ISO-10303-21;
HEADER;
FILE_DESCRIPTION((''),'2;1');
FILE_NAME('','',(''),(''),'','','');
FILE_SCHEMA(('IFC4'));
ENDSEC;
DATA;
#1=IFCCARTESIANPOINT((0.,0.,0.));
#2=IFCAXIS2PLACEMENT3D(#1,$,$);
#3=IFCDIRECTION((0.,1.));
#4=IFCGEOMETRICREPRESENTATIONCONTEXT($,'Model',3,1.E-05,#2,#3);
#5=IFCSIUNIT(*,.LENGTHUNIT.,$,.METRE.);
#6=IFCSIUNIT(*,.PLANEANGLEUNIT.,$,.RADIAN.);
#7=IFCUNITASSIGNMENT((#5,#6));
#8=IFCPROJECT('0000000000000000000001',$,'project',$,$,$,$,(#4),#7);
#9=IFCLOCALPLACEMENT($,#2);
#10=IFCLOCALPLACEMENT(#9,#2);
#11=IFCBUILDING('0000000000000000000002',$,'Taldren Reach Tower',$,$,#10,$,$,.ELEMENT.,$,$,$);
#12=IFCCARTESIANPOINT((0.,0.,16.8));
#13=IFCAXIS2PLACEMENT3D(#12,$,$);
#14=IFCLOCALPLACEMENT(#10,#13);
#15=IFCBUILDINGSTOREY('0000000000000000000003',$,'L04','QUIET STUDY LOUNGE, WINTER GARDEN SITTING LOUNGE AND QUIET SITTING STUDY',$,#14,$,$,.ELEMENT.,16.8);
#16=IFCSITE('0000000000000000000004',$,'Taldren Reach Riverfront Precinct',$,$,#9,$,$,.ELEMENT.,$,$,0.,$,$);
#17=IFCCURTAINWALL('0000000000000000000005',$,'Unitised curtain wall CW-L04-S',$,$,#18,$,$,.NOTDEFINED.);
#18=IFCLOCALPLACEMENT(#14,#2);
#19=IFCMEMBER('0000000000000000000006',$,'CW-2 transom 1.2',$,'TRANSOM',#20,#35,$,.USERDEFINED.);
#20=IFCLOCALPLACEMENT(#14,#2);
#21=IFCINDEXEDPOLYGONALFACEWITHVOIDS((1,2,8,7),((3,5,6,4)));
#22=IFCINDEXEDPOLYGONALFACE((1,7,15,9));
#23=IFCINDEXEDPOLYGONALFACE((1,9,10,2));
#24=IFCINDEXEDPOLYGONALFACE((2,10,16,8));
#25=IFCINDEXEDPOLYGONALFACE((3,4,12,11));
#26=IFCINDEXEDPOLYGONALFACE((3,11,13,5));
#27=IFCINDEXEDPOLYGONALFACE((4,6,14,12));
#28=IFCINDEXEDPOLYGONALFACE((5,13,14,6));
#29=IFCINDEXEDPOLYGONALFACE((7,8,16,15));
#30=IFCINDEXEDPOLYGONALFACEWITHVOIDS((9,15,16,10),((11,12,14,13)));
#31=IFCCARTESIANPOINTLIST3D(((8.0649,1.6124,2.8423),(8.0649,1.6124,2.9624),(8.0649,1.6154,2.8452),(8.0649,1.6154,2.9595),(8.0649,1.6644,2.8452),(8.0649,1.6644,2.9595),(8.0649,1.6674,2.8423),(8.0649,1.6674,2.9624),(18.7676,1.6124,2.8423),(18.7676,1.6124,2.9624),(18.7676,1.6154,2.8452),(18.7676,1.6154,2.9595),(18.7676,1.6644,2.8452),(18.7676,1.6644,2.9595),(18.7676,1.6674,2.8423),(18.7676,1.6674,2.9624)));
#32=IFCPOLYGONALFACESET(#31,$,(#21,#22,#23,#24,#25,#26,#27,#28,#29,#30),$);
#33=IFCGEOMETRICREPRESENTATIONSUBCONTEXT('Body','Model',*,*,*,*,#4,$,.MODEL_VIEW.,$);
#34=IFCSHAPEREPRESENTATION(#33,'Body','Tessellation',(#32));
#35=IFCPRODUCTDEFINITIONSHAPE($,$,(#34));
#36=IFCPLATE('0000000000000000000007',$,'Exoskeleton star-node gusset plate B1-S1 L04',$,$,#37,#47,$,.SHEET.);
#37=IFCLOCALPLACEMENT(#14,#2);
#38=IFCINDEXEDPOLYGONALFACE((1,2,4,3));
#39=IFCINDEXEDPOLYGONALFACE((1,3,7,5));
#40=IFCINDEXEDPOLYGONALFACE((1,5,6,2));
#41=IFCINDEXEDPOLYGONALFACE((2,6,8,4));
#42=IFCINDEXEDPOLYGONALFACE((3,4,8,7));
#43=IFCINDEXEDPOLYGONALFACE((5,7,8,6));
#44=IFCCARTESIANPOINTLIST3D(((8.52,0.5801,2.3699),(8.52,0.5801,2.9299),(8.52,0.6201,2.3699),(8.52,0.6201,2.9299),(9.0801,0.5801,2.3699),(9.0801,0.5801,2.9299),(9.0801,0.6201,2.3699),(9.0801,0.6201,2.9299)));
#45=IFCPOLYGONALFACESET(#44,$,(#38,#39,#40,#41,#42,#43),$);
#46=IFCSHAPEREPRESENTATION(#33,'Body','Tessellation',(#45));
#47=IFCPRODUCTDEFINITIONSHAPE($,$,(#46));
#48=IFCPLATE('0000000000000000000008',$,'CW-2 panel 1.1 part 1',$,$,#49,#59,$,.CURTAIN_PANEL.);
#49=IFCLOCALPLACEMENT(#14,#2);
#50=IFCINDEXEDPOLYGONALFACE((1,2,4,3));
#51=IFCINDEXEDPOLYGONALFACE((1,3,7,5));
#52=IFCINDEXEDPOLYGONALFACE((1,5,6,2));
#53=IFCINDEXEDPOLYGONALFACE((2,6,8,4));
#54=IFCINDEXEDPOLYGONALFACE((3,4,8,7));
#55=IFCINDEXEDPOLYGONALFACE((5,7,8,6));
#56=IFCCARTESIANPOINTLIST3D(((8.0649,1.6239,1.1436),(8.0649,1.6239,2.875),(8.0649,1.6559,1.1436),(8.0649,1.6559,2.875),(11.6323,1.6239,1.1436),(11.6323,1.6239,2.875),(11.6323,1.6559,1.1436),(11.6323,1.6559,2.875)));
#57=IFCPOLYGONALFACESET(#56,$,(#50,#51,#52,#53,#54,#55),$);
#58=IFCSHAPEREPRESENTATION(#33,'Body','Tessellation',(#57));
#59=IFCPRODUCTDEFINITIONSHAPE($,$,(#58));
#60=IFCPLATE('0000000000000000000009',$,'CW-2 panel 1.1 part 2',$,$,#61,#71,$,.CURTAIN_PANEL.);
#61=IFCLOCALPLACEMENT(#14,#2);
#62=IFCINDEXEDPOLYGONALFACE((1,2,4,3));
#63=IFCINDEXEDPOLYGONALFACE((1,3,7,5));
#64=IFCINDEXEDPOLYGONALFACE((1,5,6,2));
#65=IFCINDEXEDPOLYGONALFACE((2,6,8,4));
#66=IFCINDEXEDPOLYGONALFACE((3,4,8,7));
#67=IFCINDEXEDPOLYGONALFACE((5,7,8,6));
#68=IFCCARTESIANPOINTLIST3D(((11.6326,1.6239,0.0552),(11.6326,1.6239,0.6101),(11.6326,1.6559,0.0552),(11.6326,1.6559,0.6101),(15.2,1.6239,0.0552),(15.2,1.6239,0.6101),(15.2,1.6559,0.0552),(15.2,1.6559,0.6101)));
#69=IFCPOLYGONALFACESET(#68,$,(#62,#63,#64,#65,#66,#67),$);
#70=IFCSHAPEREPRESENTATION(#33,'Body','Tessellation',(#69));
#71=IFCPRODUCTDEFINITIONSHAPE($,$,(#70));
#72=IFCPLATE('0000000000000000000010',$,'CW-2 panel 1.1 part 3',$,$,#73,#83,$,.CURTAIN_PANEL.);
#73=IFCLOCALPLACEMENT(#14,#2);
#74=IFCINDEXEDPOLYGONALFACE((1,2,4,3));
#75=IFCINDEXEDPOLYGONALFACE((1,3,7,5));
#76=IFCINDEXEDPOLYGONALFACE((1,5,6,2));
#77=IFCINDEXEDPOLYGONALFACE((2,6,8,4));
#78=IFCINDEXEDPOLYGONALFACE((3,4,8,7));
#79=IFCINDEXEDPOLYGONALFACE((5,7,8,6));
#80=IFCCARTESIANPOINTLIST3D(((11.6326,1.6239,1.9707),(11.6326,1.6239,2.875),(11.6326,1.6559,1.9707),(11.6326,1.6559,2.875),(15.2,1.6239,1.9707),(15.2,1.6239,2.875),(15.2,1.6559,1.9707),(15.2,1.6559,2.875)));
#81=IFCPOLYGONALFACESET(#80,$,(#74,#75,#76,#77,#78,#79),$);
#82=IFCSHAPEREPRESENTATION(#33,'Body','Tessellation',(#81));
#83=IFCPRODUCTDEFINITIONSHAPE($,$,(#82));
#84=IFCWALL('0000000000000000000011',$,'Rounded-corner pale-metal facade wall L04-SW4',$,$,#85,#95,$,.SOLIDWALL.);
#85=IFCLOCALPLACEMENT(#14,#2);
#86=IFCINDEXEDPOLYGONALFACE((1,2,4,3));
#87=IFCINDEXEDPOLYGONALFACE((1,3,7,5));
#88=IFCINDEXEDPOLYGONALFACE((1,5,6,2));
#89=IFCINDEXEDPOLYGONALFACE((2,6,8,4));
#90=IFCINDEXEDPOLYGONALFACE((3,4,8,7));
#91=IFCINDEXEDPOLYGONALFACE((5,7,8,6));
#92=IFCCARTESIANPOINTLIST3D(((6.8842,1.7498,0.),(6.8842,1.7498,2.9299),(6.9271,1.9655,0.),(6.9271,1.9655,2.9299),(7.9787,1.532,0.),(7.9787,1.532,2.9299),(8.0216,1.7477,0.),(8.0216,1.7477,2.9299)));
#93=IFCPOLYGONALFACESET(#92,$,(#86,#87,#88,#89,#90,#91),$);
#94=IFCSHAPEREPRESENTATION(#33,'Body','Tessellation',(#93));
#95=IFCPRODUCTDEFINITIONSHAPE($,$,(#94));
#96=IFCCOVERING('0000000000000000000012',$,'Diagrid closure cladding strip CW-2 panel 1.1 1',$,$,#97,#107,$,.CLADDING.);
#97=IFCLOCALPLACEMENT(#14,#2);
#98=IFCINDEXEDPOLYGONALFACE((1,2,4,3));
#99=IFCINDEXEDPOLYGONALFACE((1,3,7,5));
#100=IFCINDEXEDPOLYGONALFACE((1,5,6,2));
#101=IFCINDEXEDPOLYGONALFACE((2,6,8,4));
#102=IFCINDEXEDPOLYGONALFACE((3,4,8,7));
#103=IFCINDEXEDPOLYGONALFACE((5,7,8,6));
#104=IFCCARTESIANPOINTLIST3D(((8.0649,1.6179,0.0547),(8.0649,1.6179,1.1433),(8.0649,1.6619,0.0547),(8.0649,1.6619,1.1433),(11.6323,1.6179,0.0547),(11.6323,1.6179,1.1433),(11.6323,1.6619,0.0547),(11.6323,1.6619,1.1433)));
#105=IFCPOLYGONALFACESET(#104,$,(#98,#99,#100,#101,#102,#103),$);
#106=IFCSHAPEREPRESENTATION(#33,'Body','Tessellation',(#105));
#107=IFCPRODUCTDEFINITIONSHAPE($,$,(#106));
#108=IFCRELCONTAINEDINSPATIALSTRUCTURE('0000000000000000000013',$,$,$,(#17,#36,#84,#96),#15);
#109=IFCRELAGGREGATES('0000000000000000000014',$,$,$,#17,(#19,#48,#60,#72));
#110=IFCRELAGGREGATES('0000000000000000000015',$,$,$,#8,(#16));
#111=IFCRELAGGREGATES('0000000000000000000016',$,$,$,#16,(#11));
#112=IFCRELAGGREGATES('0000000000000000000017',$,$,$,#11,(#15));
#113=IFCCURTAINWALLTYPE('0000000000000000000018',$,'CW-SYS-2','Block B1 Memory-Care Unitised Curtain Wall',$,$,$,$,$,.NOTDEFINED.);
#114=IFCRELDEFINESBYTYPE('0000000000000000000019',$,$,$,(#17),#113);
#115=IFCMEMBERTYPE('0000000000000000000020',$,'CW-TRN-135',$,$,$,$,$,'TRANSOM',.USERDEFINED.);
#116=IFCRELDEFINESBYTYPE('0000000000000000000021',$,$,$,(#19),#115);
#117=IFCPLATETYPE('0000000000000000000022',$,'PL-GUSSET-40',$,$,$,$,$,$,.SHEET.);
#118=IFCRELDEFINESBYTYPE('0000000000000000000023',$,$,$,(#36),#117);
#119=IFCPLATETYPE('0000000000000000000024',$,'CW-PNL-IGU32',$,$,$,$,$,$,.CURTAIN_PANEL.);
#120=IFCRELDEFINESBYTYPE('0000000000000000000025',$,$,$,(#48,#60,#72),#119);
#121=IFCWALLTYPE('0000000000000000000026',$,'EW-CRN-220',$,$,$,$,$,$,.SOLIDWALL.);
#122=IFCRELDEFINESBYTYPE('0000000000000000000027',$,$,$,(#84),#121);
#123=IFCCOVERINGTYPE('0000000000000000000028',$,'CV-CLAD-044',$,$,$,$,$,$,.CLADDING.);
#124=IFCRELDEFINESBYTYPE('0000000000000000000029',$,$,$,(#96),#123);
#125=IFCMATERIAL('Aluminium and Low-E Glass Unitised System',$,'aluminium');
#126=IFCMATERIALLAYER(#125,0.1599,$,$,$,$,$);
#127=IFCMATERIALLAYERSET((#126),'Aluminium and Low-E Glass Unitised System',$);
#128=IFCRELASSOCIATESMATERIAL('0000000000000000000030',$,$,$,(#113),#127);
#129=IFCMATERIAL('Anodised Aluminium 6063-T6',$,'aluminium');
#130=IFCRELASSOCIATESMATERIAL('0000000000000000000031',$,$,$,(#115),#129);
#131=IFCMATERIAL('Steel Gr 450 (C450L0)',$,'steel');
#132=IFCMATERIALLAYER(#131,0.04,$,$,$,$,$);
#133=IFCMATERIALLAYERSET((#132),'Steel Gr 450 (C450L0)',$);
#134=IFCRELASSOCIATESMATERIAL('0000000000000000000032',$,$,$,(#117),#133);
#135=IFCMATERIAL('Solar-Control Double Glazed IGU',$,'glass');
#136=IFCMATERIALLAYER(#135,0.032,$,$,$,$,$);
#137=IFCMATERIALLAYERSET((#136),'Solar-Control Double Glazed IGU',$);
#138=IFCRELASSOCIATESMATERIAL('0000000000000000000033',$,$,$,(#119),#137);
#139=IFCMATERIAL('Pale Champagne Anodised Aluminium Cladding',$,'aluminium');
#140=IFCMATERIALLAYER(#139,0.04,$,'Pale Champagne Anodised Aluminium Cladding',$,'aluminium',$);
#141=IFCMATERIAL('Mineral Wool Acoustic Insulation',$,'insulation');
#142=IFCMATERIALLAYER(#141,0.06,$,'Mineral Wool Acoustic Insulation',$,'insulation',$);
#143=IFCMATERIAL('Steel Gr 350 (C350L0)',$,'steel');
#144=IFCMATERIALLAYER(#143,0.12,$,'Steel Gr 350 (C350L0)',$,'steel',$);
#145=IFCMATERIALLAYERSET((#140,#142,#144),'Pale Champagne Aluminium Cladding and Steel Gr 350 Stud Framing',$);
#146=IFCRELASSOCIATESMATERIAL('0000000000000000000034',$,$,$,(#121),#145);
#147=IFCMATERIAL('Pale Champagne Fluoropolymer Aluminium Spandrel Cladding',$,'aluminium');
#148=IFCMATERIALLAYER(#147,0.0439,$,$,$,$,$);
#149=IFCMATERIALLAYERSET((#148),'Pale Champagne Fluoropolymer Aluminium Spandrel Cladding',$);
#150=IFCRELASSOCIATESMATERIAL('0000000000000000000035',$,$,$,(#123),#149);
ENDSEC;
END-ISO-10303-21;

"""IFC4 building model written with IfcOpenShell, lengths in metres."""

from ifc_helpers import new_model, si_unit, direction, frame, frame_2d, origin, origin_2d, place, context, subcontext, project, spatial, rectangle, hollow_rectangle, extrude, source, transform, mapped, material, layer, layer_set, material_profile, profile_set, type_object, element, aggregate, save


model = new_model("IFC4")

# Units and contexts
model_context = context("Model", 3, precision=1e-05, world=origin(), true_north=direction((0.0, 1.0)))
body_context = subcontext(model_context, "Body", "Model", "MODEL_VIEW")
ifc_project = project(units=[si_unit("LENGTHUNIT", "METRE"), si_unit("PLANEANGLEUNIT", "RADIAN")], contexts=[model_context])

# Site, building, storey
site_placement = place(None, origin())
site = spatial("IfcSite", under=ifc_project, at=site_placement, Name="Taldren Reach Riverfront Precinct", CompositionType="ELEMENT", RefElevation=0.0)
building_placement = place(site_placement, origin())
building = spatial("IfcBuilding", under=site, at=building_placement, Name="Taldren Reach Tower", CompositionType="ELEMENT")
storey_placement = place(building_placement, frame((0.0, 0.0, 16.8)))
storey = spatial("IfcBuildingStorey", under=building, at=storey_placement, Name="L04", Description="QUIET STUDY LOUNGE, WINTER GARDEN SITTING LOUNGE AND QUIET SITTING STUDY", CompositionType="ELEMENT", Elevation=16.8)

# Shared definitions
ifc_material_1 = material(Name="Steel Gr 450 (C450L0)", Category="steel")
ifc_material_2 = material(Name="Steel Gr 350 (C350L0)", Category="steel")

# Curtain wall, member
ifc_material_3 = material(Name="Aluminium and Low-E Glass Unitised System", Category="aluminium")
ifc_layer_1 = layer(ifc_material_3, 0.1599)
ifc_layer_set_1 = layer_set([ifc_layer_1], Name="Aluminium and Low-E Glass Unitised System")
curtain_wall_type = type_object("IfcCurtainWallType", Name="CW-SYS-2", Description="Block B1 Memory-Care Unitised Curtain Wall", PredefinedType="NOTDEFINED", material=ifc_layer_set_1)
curtain_wall_placement = place(storey_placement, origin())
curtain_wall = element("IfcCurtainWall", 1, at=curtain_wall_placement, inside=storey, type_object=curtain_wall_type, Name="Unitised curtain wall CW-L04-S", PredefinedType="NOTDEFINED")
ifc_material_4 = material(Name="Anodised Aluminium 6063-T6", Category="aluminium")
ifc_material_profile_1 = material_profile(ifc_material_4, hollow_rectangle(XDim=0.0549, YDim=0.1201, WallThickness=0.0029, at=origin_2d()), Name="ALU-120x55x3RHS")
ifc_profile_set_1 = profile_set([ifc_material_profile_1], Name="Anodised Aluminium 6063-T6")
member_type_1 = type_object("IfcMemberType", Name="CW-TRN-135", ElementType="TRANSOM", PredefinedType="USERDEFINED", material=ifc_profile_set_1)
shared_shape_1 = source(origin(), body_context, "Body", "SweptSolid", [
    extrude(hollow_rectangle(XDim=0.0549, YDim=0.1201, WallThickness=0.0029, at=origin_2d()), origin(), (0.0, 0.0, 1.0), 10.7026),
])
member_1_placement = place(storey_placement, frame((8.0649, 1.6399, 2.9023), z_axis=(1.0, 0.0, 0.0), x_axis=(0.0, 1.0, 0.0)))
member_1 = element("IfcMember", 2, at=member_1_placement, type_object=member_type_1, Name="CW-2 transom 1.2", ObjectType="TRANSOM", PredefinedType="USERDEFINED", context=body_context, shape_type="MappedRepresentation", body=[
    mapped(shared_shape_1, transform((0.0, 0.0, 0.0), scale=1.0)),
])

# Plates
ifc_layer_2 = layer(ifc_material_1, 0.04)
ifc_layer_set_2 = layer_set([ifc_layer_2], Name="Steel Gr 450 (C450L0)")
plate_type_1 = type_object("IfcPlateType", Name="PL-GUSSET-40", PredefinedType="SHEET", material=ifc_layer_set_2)
shared_shape_2 = source(origin(), body_context, "Body", "SweptSolid", [
    extrude(rectangle(XDim=0.5601, YDim=0.04, at=origin_2d()), origin(), (0.0, 0.0, 1.0), 0.5601),
])
plate_1_placement = place(storey_placement, frame((8.8, 0.6001, 2.3699), z_axis=(0.0, 0.0, 1.0), x_axis=(1.0, 0.0, 0.0)))
element("IfcPlate", 3, at=plate_1_placement, inside=storey, type_object=plate_type_1, Name="Exoskeleton star-node gusset plate B1-S1 L04", PredefinedType="SHEET", context=body_context, shape_type="MappedRepresentation", body=[
    mapped(shared_shape_2, transform((0.0, 0.0, 0.0), scale=1.0)),
])
ifc_material_5 = material(Name="Solar-Control Double Glazed IGU", Category="glass")
ifc_layer_3 = layer(ifc_material_5, 0.032)
ifc_layer_set_3 = layer_set([ifc_layer_3], Name="Solar-Control Double Glazed IGU")
plate_type_2 = type_object("IfcPlateType", Name="CW-PNL-IGU32", PredefinedType="CURTAIN_PANEL", material=ifc_layer_set_3)
shared_shape_3 = source(origin(), body_context, "Body", "SweptSolid", [
    extrude(rectangle(XDim=3.5674, YDim=0.032, at=origin_2d()), origin(), (0.0, 0.0, 1.0), 1.7314),
])
plate_2_placement = place(storey_placement, frame((9.8486, 1.6399, 1.1436), z_axis=(0.0, 0.0, 1.0), x_axis=(1.0, 0.0, 0.0)))
plate_2 = element("IfcPlate", 4, at=plate_2_placement, type_object=plate_type_2, Name="CW-2 panel 1.1 part 1", PredefinedType="CURTAIN_PANEL", context=body_context, shape_type="MappedRepresentation", body=[
    mapped(shared_shape_3, transform((0.0, 0.0, 0.0), scale=1.0)),
])
shared_shape_4 = source(origin(), body_context, "Body", "SweptSolid", [
    extrude(rectangle(XDim=3.5674, YDim=0.032, at=origin_2d()), origin(), (0.0, 0.0, 1.0), 0.5549),
])
plate_3_placement = place(storey_placement, frame((13.4163, 1.6399, 0.0552), z_axis=(0.0, 0.0, 1.0), x_axis=(1.0, 0.0, 0.0)))
plate_3 = element("IfcPlate", 5, at=plate_3_placement, type_object=plate_type_2, Name="CW-2 panel 1.1 part 2", PredefinedType="CURTAIN_PANEL", context=body_context, shape_type="MappedRepresentation", body=[
    mapped(shared_shape_4, transform((0.0, 0.0, 0.0), scale=1.0)),
])
shared_shape_5 = source(origin(), body_context, "Body", "SweptSolid", [
    extrude(rectangle(XDim=3.5674, YDim=0.032, at=origin_2d()), origin(), (0.0, 0.0, 1.0), 0.9043),
])
plate_4_placement = place(storey_placement, frame((13.4163, 1.6399, 1.9707), z_axis=(0.0, 0.0, 1.0), x_axis=(1.0, 0.0, 0.0)))
plate_4 = element("IfcPlate", 6, at=plate_4_placement, type_object=plate_type_2, Name="CW-2 panel 1.1 part 3", PredefinedType="CURTAIN_PANEL", context=body_context, shape_type="MappedRepresentation", body=[
    mapped(shared_shape_5, transform((0.0, 0.0, 0.0), scale=1.0)),
])
aggregate(curtain_wall, [member_1, plate_2, plate_3, plate_4])

# Wall
ifc_material_6 = material(Name="Pale Champagne Anodised Aluminium Cladding", Category="aluminium")
ifc_layer_4 = layer(ifc_material_6, 0.04, Name="Pale Champagne Anodised Aluminium Cladding", Category="aluminium")
ifc_material_7 = material(Name="Mineral Wool Acoustic Insulation", Category="insulation")
ifc_layer_5 = layer(ifc_material_7, 0.06, Name="Mineral Wool Acoustic Insulation", Category="insulation")
ifc_layer_6 = layer(ifc_material_2, 0.12, Name="Steel Gr 350 (C350L0)", Category="steel")
ifc_layer_set_4 = layer_set([ifc_layer_4, ifc_layer_5, ifc_layer_6], Name="Pale Champagne Aluminium Cladding and Steel Gr 350 Stud Framing")
wall_type = type_object("IfcWallType", Name="EW-CRN-220", PredefinedType="SOLIDWALL", material=ifc_layer_set_4)
shared_shape_6 = source(origin(), body_context, "Body", "SweptSolid", [
    extrude(rectangle(XDim=1.116, YDim=0.22, at=frame_2d((0.5581, 0.0))), origin(), (0.0, 0.0, 1.0), 2.9299),
])
wall_placement = place(storey_placement, frame((6.9055, 1.8577, 0.0), z_axis=(0.0, 0.0, 1.0), x_axis=(0.980774, -0.195148, 0.0)))
element("IfcWall", 7, at=wall_placement, inside=storey, type_object=wall_type, Name="Rounded-corner pale-metal facade wall L04-SW4", PredefinedType="SOLIDWALL", context=body_context, shape_type="MappedRepresentation", body=[
    mapped(shared_shape_6, transform((0.0, 0.0, 0.0), scale=1.0)),
])

# Covering
ifc_material_8 = material(Name="Pale Champagne Fluoropolymer Aluminium Spandrel Cladding", Category="aluminium")
ifc_layer_7 = layer(ifc_material_8, 0.0439)
ifc_layer_set_5 = layer_set([ifc_layer_7], Name="Pale Champagne Fluoropolymer Aluminium Spandrel Cladding")
covering_type = type_object("IfcCoveringType", Name="CV-CLAD-044", PredefinedType="CLADDING", material=ifc_layer_set_5)
shared_shape_7 = source(origin(), body_context, "Body", "SweptSolid", [
    extrude(rectangle(XDim=3.5674, YDim=0.0439, at=origin_2d()), origin(), (0.0, 0.0, 1.0), 1.0886),
])
covering_placement = place(storey_placement, frame((9.8486, 1.6399, 0.0547), z_axis=(0.0, 0.0, 1.0), x_axis=(1.0, 0.0, 0.0)))
element("IfcCovering", 8, at=covering_placement, inside=storey, type_object=covering_type, Name="Diagrid closure cladding strip CW-2 panel 1.1 1", PredefinedType="CLADDING", context=body_context, shape_type="MappedRepresentation", body=[
    mapped(shared_shape_7, transform((0.0, 0.0, 0.0), scale=1.0)),
])

save(model, "model.ifc")
